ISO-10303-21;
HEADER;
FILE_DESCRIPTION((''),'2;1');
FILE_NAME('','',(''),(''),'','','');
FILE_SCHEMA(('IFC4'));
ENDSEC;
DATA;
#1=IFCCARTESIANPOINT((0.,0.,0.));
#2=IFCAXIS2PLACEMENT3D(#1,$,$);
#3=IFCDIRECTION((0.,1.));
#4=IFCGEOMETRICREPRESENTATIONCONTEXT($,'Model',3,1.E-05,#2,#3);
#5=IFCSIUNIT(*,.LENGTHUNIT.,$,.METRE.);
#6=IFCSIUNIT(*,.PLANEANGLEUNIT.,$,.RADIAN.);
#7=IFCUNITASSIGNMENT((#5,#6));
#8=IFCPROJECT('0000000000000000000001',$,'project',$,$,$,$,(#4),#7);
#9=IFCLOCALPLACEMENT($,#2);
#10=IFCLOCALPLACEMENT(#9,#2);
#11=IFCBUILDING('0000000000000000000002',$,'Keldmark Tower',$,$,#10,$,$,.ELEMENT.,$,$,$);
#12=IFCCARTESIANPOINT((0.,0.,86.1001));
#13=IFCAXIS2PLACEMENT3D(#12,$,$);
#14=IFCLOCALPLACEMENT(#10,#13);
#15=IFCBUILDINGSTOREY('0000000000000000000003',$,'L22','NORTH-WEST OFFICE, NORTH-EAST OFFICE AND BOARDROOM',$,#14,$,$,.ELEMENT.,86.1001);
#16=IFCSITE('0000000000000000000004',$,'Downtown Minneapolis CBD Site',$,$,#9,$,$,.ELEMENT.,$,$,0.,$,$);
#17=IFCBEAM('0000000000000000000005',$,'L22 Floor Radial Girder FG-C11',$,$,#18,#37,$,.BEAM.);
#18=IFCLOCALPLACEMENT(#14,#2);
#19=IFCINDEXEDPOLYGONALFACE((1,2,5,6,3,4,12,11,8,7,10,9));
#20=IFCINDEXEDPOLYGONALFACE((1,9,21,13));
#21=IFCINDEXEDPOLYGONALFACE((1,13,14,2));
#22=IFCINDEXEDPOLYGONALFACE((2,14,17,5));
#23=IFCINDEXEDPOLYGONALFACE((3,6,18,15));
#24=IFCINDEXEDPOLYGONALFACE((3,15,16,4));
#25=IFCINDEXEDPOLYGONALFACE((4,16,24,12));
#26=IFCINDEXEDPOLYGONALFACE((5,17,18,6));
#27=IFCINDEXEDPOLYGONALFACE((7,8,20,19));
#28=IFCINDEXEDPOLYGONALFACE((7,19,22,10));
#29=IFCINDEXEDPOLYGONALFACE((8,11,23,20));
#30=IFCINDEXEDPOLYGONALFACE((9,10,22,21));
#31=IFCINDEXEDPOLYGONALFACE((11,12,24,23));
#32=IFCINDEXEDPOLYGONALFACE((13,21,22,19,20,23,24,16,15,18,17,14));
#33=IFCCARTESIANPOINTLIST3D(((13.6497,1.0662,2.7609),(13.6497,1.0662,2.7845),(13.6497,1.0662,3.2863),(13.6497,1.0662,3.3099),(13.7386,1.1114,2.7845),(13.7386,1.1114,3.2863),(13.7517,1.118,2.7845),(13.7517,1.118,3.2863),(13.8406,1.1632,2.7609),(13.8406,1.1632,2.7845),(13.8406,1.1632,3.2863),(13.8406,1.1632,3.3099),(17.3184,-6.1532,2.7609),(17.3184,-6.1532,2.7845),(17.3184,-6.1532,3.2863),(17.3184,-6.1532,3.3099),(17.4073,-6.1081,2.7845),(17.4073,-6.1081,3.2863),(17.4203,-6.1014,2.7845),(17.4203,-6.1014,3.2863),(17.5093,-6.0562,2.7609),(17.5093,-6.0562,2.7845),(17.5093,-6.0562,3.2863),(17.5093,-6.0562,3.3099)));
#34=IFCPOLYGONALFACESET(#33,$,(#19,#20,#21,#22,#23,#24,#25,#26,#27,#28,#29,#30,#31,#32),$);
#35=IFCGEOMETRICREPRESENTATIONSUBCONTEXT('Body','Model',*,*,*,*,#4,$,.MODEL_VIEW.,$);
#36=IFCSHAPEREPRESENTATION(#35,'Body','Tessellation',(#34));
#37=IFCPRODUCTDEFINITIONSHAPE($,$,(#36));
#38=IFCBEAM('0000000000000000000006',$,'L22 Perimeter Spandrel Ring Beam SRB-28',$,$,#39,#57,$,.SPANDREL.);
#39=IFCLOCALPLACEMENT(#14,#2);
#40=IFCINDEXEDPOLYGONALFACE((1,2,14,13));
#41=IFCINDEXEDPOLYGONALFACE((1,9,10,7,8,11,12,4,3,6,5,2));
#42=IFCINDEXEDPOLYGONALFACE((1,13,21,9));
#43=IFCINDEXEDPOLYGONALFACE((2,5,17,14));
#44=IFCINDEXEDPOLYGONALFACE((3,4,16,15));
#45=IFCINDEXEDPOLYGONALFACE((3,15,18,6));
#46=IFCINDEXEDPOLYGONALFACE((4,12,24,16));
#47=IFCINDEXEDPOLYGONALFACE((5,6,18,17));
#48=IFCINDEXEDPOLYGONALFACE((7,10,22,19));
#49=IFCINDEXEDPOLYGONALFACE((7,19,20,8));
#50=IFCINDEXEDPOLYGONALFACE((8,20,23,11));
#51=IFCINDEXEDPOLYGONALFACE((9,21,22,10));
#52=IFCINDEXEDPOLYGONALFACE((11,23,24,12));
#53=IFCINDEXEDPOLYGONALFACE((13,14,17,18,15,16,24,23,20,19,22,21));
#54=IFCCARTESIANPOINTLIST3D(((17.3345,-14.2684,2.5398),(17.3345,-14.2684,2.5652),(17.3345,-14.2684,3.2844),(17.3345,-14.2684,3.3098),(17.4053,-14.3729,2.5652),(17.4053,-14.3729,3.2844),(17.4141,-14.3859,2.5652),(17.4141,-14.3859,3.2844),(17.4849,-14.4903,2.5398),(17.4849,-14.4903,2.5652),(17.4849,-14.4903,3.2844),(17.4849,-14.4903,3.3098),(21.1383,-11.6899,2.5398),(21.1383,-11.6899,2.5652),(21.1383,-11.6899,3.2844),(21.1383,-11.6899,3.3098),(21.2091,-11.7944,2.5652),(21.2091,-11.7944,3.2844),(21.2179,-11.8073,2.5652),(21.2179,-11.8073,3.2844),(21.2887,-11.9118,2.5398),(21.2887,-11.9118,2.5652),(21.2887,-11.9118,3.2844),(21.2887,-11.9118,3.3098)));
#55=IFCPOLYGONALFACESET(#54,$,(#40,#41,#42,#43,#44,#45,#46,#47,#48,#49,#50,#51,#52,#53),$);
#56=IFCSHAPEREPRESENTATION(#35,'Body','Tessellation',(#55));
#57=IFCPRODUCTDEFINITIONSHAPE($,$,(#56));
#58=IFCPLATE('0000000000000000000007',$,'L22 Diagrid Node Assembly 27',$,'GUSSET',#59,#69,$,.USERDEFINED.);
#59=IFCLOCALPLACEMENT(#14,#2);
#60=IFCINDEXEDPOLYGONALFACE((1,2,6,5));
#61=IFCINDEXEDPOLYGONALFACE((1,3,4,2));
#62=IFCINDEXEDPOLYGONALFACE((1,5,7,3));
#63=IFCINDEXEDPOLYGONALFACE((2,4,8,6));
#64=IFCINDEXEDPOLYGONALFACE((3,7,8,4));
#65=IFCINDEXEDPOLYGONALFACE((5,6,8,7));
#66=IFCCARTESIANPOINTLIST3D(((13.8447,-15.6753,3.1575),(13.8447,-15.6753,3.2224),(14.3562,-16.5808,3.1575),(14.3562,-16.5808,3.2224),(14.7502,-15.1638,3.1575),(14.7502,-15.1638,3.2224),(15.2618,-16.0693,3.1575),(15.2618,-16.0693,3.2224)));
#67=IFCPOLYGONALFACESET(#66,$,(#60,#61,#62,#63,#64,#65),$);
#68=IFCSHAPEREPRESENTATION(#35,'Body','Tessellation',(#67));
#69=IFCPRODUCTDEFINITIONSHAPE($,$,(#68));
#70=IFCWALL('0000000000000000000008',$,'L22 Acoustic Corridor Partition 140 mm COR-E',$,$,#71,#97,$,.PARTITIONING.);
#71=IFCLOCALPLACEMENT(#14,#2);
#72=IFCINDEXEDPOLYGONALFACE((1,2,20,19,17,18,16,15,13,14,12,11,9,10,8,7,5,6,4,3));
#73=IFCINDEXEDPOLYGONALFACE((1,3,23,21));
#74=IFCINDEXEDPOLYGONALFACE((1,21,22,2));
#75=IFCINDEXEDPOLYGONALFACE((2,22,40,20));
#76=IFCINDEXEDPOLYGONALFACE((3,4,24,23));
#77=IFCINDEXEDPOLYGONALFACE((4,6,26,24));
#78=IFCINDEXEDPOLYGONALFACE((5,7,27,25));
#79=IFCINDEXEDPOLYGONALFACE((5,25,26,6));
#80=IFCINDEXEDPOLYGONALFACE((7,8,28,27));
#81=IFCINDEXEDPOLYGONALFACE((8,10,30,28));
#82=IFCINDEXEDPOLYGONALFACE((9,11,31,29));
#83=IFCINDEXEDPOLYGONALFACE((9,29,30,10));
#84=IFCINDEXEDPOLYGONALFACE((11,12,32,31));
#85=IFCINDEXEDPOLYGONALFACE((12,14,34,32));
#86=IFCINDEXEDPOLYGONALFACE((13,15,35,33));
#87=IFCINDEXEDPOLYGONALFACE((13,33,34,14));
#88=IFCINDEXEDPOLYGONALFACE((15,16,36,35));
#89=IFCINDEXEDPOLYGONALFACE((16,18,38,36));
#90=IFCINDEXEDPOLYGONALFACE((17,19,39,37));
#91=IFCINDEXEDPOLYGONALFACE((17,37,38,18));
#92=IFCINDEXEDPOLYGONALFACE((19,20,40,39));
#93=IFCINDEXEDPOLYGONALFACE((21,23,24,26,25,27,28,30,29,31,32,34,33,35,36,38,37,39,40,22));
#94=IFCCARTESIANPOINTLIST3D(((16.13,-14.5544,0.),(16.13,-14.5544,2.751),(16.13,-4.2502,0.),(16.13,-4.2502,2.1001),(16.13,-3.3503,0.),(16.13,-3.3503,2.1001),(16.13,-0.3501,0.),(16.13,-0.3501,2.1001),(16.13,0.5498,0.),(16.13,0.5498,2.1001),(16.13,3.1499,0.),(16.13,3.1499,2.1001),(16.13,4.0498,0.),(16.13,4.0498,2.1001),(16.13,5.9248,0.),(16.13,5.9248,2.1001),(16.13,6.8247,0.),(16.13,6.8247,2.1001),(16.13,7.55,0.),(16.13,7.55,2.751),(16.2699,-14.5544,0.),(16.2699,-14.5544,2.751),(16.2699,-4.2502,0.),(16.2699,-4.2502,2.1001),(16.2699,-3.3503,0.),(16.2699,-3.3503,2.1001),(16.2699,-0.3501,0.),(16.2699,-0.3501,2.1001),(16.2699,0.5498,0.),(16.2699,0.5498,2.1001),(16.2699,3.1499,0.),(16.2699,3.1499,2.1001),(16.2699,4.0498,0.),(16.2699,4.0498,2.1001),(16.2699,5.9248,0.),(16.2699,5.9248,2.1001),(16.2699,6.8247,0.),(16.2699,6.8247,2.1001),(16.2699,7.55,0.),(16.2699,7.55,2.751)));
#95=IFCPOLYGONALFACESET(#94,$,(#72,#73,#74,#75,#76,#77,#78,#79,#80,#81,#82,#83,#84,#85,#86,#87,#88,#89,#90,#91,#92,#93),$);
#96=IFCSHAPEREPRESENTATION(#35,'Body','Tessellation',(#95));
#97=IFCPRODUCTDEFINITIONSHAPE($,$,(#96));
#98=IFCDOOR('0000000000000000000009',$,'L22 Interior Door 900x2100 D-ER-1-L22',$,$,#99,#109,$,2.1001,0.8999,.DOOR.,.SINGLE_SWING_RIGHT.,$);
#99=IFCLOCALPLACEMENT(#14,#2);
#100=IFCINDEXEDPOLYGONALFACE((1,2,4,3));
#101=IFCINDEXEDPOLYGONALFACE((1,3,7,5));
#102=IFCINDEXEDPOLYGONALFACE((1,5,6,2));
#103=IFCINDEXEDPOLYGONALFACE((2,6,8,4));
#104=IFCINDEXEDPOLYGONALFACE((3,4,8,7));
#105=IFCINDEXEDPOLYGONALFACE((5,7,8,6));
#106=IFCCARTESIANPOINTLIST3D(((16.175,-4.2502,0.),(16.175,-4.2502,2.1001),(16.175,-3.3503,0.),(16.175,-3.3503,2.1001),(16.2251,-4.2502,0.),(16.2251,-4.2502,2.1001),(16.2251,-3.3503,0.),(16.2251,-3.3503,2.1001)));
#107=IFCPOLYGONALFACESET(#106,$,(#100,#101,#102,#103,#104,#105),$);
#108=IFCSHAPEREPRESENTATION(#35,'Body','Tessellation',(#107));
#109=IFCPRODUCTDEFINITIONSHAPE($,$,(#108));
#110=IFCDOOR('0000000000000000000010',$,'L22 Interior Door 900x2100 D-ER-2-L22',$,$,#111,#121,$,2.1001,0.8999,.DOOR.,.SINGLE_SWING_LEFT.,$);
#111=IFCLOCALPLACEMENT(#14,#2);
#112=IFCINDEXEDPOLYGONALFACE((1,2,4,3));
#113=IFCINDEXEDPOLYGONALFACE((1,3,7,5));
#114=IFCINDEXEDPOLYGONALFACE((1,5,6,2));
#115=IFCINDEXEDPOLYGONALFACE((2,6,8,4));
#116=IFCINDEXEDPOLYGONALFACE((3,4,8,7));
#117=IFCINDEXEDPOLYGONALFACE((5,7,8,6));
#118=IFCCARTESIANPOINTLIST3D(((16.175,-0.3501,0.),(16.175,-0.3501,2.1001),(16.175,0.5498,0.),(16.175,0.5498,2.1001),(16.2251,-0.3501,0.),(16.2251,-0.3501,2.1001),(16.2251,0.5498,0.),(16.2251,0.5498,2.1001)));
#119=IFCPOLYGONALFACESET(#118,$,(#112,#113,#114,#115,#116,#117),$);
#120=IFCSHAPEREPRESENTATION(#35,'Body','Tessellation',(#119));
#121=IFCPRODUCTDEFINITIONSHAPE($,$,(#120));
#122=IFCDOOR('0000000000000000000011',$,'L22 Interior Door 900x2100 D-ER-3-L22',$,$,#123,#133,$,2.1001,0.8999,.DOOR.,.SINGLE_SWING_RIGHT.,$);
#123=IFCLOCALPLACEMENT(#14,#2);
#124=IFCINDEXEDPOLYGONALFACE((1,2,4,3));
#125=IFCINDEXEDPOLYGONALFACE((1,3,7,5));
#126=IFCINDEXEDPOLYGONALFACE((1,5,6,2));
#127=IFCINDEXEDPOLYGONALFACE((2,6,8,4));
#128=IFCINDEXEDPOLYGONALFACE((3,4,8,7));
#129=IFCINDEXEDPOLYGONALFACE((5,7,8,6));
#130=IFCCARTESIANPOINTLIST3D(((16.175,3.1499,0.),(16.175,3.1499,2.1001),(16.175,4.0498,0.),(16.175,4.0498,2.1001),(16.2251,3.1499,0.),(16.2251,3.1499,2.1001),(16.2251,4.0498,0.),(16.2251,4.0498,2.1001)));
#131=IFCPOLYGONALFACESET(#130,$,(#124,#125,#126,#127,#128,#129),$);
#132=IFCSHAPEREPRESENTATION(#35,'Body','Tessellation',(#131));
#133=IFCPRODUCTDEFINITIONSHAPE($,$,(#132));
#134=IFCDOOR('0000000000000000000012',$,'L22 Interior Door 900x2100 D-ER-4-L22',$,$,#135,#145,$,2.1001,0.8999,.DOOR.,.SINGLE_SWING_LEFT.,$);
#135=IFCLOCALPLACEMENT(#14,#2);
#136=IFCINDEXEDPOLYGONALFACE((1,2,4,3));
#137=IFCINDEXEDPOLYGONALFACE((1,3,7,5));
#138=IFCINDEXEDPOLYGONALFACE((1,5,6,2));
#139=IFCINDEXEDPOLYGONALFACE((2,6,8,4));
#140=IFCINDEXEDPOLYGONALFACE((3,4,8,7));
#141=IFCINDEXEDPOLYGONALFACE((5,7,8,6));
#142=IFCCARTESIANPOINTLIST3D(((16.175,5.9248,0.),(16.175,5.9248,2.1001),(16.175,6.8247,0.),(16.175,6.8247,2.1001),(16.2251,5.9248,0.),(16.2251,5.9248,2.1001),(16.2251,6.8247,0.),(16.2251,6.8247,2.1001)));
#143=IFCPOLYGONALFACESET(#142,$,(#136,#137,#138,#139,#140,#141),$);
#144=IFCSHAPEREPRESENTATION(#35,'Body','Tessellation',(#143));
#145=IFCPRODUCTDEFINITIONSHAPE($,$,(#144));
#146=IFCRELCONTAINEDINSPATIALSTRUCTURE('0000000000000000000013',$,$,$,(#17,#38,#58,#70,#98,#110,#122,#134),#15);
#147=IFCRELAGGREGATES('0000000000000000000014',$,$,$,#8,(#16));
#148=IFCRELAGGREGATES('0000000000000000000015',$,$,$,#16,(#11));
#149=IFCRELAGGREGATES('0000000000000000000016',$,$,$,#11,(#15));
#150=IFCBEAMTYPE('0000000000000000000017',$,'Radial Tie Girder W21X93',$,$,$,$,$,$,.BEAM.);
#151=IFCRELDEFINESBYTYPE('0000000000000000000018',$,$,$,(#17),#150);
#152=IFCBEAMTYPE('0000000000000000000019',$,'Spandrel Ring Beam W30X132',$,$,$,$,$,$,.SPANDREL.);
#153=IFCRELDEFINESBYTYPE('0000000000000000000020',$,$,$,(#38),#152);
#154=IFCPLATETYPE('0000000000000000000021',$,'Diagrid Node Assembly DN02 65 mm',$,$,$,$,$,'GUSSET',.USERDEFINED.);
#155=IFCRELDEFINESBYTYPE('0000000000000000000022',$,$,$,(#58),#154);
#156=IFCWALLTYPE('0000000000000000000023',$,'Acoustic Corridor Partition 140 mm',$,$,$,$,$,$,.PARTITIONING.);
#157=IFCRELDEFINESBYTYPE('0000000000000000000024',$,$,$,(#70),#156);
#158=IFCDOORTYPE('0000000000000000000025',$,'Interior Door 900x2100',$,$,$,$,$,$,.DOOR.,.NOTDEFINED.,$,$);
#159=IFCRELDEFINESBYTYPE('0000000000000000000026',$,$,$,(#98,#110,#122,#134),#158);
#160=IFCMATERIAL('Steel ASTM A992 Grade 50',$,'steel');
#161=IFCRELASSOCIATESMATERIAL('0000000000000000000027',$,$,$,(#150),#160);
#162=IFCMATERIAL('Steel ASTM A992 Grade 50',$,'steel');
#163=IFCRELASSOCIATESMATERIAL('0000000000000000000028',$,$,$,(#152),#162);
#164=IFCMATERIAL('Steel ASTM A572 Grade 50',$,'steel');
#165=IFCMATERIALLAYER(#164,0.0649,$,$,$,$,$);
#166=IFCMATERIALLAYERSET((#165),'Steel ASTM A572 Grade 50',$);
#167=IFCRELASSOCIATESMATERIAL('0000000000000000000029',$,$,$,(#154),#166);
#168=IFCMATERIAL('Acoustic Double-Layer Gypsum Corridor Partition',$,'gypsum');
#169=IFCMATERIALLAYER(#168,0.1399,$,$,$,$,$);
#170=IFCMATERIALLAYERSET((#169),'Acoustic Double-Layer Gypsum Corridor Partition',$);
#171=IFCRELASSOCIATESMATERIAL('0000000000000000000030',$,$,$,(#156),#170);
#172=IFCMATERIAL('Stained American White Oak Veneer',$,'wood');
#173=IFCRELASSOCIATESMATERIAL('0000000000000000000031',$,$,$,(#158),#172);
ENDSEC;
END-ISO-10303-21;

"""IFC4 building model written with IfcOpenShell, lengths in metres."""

from ifc_helpers import new_model, si_unit, direction, frame, frame_2d, origin, origin_2d, place, context, subcontext, project, spatial, rectangle, i_section, extrude, material, layer, layer_set, material_profile, profile_set, type_object, element, fill, save


model = new_model("IFC4")

# Units and contexts
model_context = context("Model", 3, precision=1e-05, world=origin(), true_north=direction((0.0, 1.0)))
body_context = subcontext(model_context, "Body", "Model", "MODEL_VIEW")
ifc_project = project(units=[si_unit("LENGTHUNIT", "METRE"), si_unit("PLANEANGLEUNIT", "RADIAN")], contexts=[model_context])

# Site, building, storey
site_placement = place(None, origin())
site = spatial("IfcSite", under=ifc_project, at=site_placement, Name="Downtown Minneapolis CBD Site", CompositionType="ELEMENT", RefElevation=0.0)
building_placement = place(site_placement, origin())
building = spatial("IfcBuilding", under=site, at=building_placement, Name="Keldmark Tower", CompositionType="ELEMENT")
storey_placement = place(building_placement, frame((0.0, 0.0, 86.1001)))
storey = spatial("IfcBuildingStorey", under=building, at=storey_placement, Name="L22", Description="NORTH-WEST OFFICE, NORTH-EAST OFFICE AND BOARDROOM", CompositionType="ELEMENT", Elevation=86.1001)

# Beams
ifc_material_1 = material(Name="Steel ASTM A992 Grade 50", Category="steel")
ifc_material_profile_1 = material_profile(ifc_material_1, i_section(OverallWidth=0.2141, OverallDepth=0.5491, WebThickness=0.0146, FlangeThickness=0.0237, at=origin_2d()), Name="W21X93")
ifc_profile_set_1 = profile_set([ifc_material_profile_1], Name="Steel ASTM A992 Grade 50")
beam_type_1 = type_object("IfcBeamType", Name="Radial Tie Girder W21X93", PredefinedType="BEAM", material=ifc_profile_set_1)
beam_1_placement = place(storey_placement, frame((17.4138, -6.1047, 3.0354), z_axis=(-0.453029, 0.891496, 0.0), x_axis=(-0.891496, -0.453029, 0.0)))
element("IfcBeam", 1, at=beam_1_placement, inside=storey, type_object=beam_type_1, Name="L22 Floor Radial Girder FG-C11", PredefinedType="BEAM", context=body_context, shape_type="SweptSolid", body=[
    extrude(i_section(OverallWidth=0.2141, OverallDepth=0.5491, WebThickness=0.0146, FlangeThickness=0.0237, at=origin_2d()), origin(), (0.0, 0.0, 1.0), 8.0981),
])
ifc_material_2 = material(Name="Steel ASTM A992 Grade 50", Category="steel")
ifc_material_profile_2 = material_profile(ifc_material_2, i_section(OverallWidth=0.2681, OverallDepth=0.77, WebThickness=0.0156, FlangeThickness=0.0254, at=origin_2d()), Name="W30X132")
ifc_profile_set_2 = profile_set([ifc_material_profile_2], Name="Steel ASTM A992 Grade 50")
beam_type_2 = type_object("IfcBeamType", Name="Spandrel Ring Beam W30X132", PredefinedType="SPANDREL", material=ifc_profile_set_2)
beam_2_placement = place(storey_placement, frame((17.4097, -14.3794, 2.9248), z_axis=(0.827743, 0.561108, 0.0), x_axis=(-0.561108, 0.827743, 0.0)))
element("IfcBeam", 2, at=beam_2_placement, inside=storey, type_object=beam_type_2, Name="L22 Perimeter Spandrel Ring Beam SRB-28", PredefinedType="SPANDREL", context=body_context, shape_type="SweptSolid", body=[
    extrude(i_section(OverallWidth=0.2681, OverallDepth=0.77, WebThickness=0.0156, FlangeThickness=0.0254, at=origin_2d()), origin(), (0.0, 0.0, 1.0), 4.5955),
])

# Plate
ifc_material_3 = material(Name="Steel ASTM A572 Grade 50", Category="steel")
ifc_layer_1 = layer(ifc_material_3, 0.0649)
ifc_layer_set_1 = layer_set([ifc_layer_1], Name="Steel ASTM A572 Grade 50")
plate_type = type_object("IfcPlateType", Name="Diagrid Node Assembly DN02 65 mm", ElementType="GUSSET", PredefinedType="USERDEFINED", material=ifc_layer_set_1)
plate_placement = place(storey_placement, frame((14.5532, -15.8723, 3.1575), z_axis=(0.0, 0.0, 1.0), x_axis=(0.870699, 0.491816, 0.0)))
element("IfcPlate", 3, at=plate_placement, inside=storey, type_object=plate_type, Name="L22 Diagrid Node Assembly 27", ObjectType="GUSSET", PredefinedType="USERDEFINED", context=body_context, shape_type="SweptSolid", body=[
    extrude(rectangle(XDim=1.04, YDim=1.04, at=origin_2d()), origin(), (0.0, 0.0, 1.0), 0.0649),
])

# Wall, openings, doors
ifc_material_4 = material(Name="Acoustic Double-Layer Gypsum Corridor Partition", Category="gypsum")
ifc_layer_2 = layer(ifc_material_4, 0.1399)
ifc_layer_set_2 = layer_set([ifc_layer_2], Name="Acoustic Double-Layer Gypsum Corridor Partition")
wall_type_1 = type_object("IfcWallType", Name="Acoustic Corridor Partition 140 mm", PredefinedType="PARTITIONING", material=ifc_layer_set_2)
wall_1_placement = place(storey_placement, frame((16.2, -14.5544, 0.0), z_axis=(0.0, 0.0, 1.0), x_axis=(0.0, 1.0, 0.0)))
wall_1 = element("IfcWall", 4, at=wall_1_placement, inside=storey, type_object=wall_type_1, Name="L22 Acoustic Corridor Partition 140 mm COR-E", PredefinedType="PARTITIONING", context=body_context, shape_type="SweptSolid", body=[
    extrude(rectangle(XDim=22.1045, YDim=0.1399, at=frame_2d((11.0522, 0.0))), origin(), (0.0, 0.0, 1.0), 2.751),
])
opening_1_placement = place(wall_1_placement, frame((10.3042, 0.0, 0.0)))
opening_1 = element("IfcOpeningElement", 5, at=opening_1_placement, cuts=wall_1, PredefinedType="OPENING", context=body_context, shape_type="SweptSolid", body=[
    extrude(rectangle(XDim=0.8999, YDim=2.1001, at=frame_2d((0.45, 1.05))), frame((0.0, 0.0798, 0.0), z_axis=(0.0, -1.0, 0.0), x_axis=(1.0, 0.0, 0.0)), (0.0, 0.0, 1.0), 0.1599),
])
opening_2_placement = place(wall_1_placement, frame((14.2043, 0.0, 0.0)))
opening_2 = element("IfcOpeningElement", 6, at=opening_2_placement, cuts=wall_1, PredefinedType="OPENING", context=body_context, shape_type="SweptSolid", body=[
    extrude(rectangle(XDim=0.8999, YDim=2.1001, at=frame_2d((0.45, 1.05))), frame((0.0, 0.0798, 0.0), z_axis=(0.0, -1.0, 0.0), x_axis=(1.0, 0.0, 0.0)), (0.0, 0.0, 1.0), 0.1599),
])
opening_3_placement = place(wall_1_placement, frame((17.7043, 0.0, 0.0)))
opening_3 = element("IfcOpeningElement", 7, at=opening_3_placement, cuts=wall_1, PredefinedType="OPENING", context=body_context, shape_type="SweptSolid", body=[
    extrude(rectangle(XDim=0.8999, YDim=2.1001, at=frame_2d((0.45, 1.05))), frame((0.0, 0.0798, 0.0), z_axis=(0.0, -1.0, 0.0), x_axis=(1.0, 0.0, 0.0)), (0.0, 0.0, 1.0), 0.1599),
])
opening_4_placement = place(wall_1_placement, frame((20.4792, 0.0, 0.0)))
opening_4 = element("IfcOpeningElement", 8, at=opening_4_placement, cuts=wall_1, PredefinedType="OPENING", context=body_context, shape_type="SweptSolid", body=[
    extrude(rectangle(XDim=0.8999, YDim=2.1001, at=frame_2d((0.45, 1.05))), frame((0.0, 0.0798, 0.0), z_axis=(0.0, -1.0, 0.0), x_axis=(1.0, 0.0, 0.0)), (0.0, 0.0, 1.0), 0.1599),
])
ifc_material_5 = material(Name="Stained American White Oak Veneer", Category="wood")
door_type = type_object("IfcDoorType", Name="Interior Door 900x2100", OperationType="NOTDEFINED", PredefinedType="DOOR", material=ifc_material_5)
door_1_placement = place(opening_1_placement, origin())
door_1 = element("IfcDoor", 9, at=door_1_placement, inside=storey, type_object=door_type, Name="L22 Interior Door 900x2100 D-ER-1-L22", OperationType="SINGLE_SWING_RIGHT", OverallHeight=2.1001, OverallWidth=0.8999, PredefinedType="DOOR", context=body_context, shape_type="SweptSolid", body=[
    extrude(rectangle(XDim=0.8999, YDim=2.1001, at=frame_2d((0.45, 1.05))), frame((0.0, 0.0249, 0.0), z_axis=(0.0, -1.0, 0.0), x_axis=(1.0, 0.0, 0.0)), (0.0, 0.0, 1.0), 0.05),
])
fill(opening_1, door_1)
door_2_placement = place(opening_2_placement, origin())
door_2 = element("IfcDoor", 10, at=door_2_placement, inside=storey, type_object=door_type, Name="L22 Interior Door 900x2100 D-ER-2-L22", OperationType="SINGLE_SWING_LEFT", OverallHeight=2.1001, OverallWidth=0.8999, PredefinedType="DOOR", context=body_context, shape_type="SweptSolid", body=[
    extrude(rectangle(XDim=0.8999, YDim=2.1001, at=frame_2d((0.45, 1.05))), frame((0.0, 0.0249, 0.0), z_axis=(0.0, -1.0, 0.0), x_axis=(1.0, 0.0, 0.0)), (0.0, 0.0, 1.0), 0.05),
])
fill(opening_2, door_2)
door_3_placement = place(opening_3_placement, origin())
door_3 = element("IfcDoor", 11, at=door_3_placement, inside=storey, type_object=door_type, Name="L22 Interior Door 900x2100 D-ER-3-L22", OperationType="SINGLE_SWING_RIGHT", OverallHeight=2.1001, OverallWidth=0.8999, PredefinedType="DOOR", context=body_context, shape_type="SweptSolid", body=[
    extrude(rectangle(XDim=0.8999, YDim=2.1001, at=frame_2d((0.45, 1.05))), frame((0.0, 0.0249, 0.0), z_axis=(0.0, -1.0, 0.0), x_axis=(1.0, 0.0, 0.0)), (0.0, 0.0, 1.0), 0.05),
])
fill(opening_3, door_3)
door_4_placement = place(opening_4_placement, origin())
door_4 = element("IfcDoor", 12, at=door_4_placement, inside=storey, type_object=door_type, Name="L22 Interior Door 900x2100 D-ER-4-L22", OperationType="SINGLE_SWING_LEFT", OverallHeight=2.1001, OverallWidth=0.8999, PredefinedType="DOOR", context=body_context, shape_type="SweptSolid", body=[
    extrude(rectangle(XDim=0.8999, YDim=2.1001, at=frame_2d((0.45, 1.05))), frame((0.0, 0.0249, 0.0), z_axis=(0.0, -1.0, 0.0), x_axis=(1.0, 0.0, 0.0)), (0.0, 0.0, 1.0), 0.05),
])
fill(opening_4, door_4)

save(model, "model.ifc")
